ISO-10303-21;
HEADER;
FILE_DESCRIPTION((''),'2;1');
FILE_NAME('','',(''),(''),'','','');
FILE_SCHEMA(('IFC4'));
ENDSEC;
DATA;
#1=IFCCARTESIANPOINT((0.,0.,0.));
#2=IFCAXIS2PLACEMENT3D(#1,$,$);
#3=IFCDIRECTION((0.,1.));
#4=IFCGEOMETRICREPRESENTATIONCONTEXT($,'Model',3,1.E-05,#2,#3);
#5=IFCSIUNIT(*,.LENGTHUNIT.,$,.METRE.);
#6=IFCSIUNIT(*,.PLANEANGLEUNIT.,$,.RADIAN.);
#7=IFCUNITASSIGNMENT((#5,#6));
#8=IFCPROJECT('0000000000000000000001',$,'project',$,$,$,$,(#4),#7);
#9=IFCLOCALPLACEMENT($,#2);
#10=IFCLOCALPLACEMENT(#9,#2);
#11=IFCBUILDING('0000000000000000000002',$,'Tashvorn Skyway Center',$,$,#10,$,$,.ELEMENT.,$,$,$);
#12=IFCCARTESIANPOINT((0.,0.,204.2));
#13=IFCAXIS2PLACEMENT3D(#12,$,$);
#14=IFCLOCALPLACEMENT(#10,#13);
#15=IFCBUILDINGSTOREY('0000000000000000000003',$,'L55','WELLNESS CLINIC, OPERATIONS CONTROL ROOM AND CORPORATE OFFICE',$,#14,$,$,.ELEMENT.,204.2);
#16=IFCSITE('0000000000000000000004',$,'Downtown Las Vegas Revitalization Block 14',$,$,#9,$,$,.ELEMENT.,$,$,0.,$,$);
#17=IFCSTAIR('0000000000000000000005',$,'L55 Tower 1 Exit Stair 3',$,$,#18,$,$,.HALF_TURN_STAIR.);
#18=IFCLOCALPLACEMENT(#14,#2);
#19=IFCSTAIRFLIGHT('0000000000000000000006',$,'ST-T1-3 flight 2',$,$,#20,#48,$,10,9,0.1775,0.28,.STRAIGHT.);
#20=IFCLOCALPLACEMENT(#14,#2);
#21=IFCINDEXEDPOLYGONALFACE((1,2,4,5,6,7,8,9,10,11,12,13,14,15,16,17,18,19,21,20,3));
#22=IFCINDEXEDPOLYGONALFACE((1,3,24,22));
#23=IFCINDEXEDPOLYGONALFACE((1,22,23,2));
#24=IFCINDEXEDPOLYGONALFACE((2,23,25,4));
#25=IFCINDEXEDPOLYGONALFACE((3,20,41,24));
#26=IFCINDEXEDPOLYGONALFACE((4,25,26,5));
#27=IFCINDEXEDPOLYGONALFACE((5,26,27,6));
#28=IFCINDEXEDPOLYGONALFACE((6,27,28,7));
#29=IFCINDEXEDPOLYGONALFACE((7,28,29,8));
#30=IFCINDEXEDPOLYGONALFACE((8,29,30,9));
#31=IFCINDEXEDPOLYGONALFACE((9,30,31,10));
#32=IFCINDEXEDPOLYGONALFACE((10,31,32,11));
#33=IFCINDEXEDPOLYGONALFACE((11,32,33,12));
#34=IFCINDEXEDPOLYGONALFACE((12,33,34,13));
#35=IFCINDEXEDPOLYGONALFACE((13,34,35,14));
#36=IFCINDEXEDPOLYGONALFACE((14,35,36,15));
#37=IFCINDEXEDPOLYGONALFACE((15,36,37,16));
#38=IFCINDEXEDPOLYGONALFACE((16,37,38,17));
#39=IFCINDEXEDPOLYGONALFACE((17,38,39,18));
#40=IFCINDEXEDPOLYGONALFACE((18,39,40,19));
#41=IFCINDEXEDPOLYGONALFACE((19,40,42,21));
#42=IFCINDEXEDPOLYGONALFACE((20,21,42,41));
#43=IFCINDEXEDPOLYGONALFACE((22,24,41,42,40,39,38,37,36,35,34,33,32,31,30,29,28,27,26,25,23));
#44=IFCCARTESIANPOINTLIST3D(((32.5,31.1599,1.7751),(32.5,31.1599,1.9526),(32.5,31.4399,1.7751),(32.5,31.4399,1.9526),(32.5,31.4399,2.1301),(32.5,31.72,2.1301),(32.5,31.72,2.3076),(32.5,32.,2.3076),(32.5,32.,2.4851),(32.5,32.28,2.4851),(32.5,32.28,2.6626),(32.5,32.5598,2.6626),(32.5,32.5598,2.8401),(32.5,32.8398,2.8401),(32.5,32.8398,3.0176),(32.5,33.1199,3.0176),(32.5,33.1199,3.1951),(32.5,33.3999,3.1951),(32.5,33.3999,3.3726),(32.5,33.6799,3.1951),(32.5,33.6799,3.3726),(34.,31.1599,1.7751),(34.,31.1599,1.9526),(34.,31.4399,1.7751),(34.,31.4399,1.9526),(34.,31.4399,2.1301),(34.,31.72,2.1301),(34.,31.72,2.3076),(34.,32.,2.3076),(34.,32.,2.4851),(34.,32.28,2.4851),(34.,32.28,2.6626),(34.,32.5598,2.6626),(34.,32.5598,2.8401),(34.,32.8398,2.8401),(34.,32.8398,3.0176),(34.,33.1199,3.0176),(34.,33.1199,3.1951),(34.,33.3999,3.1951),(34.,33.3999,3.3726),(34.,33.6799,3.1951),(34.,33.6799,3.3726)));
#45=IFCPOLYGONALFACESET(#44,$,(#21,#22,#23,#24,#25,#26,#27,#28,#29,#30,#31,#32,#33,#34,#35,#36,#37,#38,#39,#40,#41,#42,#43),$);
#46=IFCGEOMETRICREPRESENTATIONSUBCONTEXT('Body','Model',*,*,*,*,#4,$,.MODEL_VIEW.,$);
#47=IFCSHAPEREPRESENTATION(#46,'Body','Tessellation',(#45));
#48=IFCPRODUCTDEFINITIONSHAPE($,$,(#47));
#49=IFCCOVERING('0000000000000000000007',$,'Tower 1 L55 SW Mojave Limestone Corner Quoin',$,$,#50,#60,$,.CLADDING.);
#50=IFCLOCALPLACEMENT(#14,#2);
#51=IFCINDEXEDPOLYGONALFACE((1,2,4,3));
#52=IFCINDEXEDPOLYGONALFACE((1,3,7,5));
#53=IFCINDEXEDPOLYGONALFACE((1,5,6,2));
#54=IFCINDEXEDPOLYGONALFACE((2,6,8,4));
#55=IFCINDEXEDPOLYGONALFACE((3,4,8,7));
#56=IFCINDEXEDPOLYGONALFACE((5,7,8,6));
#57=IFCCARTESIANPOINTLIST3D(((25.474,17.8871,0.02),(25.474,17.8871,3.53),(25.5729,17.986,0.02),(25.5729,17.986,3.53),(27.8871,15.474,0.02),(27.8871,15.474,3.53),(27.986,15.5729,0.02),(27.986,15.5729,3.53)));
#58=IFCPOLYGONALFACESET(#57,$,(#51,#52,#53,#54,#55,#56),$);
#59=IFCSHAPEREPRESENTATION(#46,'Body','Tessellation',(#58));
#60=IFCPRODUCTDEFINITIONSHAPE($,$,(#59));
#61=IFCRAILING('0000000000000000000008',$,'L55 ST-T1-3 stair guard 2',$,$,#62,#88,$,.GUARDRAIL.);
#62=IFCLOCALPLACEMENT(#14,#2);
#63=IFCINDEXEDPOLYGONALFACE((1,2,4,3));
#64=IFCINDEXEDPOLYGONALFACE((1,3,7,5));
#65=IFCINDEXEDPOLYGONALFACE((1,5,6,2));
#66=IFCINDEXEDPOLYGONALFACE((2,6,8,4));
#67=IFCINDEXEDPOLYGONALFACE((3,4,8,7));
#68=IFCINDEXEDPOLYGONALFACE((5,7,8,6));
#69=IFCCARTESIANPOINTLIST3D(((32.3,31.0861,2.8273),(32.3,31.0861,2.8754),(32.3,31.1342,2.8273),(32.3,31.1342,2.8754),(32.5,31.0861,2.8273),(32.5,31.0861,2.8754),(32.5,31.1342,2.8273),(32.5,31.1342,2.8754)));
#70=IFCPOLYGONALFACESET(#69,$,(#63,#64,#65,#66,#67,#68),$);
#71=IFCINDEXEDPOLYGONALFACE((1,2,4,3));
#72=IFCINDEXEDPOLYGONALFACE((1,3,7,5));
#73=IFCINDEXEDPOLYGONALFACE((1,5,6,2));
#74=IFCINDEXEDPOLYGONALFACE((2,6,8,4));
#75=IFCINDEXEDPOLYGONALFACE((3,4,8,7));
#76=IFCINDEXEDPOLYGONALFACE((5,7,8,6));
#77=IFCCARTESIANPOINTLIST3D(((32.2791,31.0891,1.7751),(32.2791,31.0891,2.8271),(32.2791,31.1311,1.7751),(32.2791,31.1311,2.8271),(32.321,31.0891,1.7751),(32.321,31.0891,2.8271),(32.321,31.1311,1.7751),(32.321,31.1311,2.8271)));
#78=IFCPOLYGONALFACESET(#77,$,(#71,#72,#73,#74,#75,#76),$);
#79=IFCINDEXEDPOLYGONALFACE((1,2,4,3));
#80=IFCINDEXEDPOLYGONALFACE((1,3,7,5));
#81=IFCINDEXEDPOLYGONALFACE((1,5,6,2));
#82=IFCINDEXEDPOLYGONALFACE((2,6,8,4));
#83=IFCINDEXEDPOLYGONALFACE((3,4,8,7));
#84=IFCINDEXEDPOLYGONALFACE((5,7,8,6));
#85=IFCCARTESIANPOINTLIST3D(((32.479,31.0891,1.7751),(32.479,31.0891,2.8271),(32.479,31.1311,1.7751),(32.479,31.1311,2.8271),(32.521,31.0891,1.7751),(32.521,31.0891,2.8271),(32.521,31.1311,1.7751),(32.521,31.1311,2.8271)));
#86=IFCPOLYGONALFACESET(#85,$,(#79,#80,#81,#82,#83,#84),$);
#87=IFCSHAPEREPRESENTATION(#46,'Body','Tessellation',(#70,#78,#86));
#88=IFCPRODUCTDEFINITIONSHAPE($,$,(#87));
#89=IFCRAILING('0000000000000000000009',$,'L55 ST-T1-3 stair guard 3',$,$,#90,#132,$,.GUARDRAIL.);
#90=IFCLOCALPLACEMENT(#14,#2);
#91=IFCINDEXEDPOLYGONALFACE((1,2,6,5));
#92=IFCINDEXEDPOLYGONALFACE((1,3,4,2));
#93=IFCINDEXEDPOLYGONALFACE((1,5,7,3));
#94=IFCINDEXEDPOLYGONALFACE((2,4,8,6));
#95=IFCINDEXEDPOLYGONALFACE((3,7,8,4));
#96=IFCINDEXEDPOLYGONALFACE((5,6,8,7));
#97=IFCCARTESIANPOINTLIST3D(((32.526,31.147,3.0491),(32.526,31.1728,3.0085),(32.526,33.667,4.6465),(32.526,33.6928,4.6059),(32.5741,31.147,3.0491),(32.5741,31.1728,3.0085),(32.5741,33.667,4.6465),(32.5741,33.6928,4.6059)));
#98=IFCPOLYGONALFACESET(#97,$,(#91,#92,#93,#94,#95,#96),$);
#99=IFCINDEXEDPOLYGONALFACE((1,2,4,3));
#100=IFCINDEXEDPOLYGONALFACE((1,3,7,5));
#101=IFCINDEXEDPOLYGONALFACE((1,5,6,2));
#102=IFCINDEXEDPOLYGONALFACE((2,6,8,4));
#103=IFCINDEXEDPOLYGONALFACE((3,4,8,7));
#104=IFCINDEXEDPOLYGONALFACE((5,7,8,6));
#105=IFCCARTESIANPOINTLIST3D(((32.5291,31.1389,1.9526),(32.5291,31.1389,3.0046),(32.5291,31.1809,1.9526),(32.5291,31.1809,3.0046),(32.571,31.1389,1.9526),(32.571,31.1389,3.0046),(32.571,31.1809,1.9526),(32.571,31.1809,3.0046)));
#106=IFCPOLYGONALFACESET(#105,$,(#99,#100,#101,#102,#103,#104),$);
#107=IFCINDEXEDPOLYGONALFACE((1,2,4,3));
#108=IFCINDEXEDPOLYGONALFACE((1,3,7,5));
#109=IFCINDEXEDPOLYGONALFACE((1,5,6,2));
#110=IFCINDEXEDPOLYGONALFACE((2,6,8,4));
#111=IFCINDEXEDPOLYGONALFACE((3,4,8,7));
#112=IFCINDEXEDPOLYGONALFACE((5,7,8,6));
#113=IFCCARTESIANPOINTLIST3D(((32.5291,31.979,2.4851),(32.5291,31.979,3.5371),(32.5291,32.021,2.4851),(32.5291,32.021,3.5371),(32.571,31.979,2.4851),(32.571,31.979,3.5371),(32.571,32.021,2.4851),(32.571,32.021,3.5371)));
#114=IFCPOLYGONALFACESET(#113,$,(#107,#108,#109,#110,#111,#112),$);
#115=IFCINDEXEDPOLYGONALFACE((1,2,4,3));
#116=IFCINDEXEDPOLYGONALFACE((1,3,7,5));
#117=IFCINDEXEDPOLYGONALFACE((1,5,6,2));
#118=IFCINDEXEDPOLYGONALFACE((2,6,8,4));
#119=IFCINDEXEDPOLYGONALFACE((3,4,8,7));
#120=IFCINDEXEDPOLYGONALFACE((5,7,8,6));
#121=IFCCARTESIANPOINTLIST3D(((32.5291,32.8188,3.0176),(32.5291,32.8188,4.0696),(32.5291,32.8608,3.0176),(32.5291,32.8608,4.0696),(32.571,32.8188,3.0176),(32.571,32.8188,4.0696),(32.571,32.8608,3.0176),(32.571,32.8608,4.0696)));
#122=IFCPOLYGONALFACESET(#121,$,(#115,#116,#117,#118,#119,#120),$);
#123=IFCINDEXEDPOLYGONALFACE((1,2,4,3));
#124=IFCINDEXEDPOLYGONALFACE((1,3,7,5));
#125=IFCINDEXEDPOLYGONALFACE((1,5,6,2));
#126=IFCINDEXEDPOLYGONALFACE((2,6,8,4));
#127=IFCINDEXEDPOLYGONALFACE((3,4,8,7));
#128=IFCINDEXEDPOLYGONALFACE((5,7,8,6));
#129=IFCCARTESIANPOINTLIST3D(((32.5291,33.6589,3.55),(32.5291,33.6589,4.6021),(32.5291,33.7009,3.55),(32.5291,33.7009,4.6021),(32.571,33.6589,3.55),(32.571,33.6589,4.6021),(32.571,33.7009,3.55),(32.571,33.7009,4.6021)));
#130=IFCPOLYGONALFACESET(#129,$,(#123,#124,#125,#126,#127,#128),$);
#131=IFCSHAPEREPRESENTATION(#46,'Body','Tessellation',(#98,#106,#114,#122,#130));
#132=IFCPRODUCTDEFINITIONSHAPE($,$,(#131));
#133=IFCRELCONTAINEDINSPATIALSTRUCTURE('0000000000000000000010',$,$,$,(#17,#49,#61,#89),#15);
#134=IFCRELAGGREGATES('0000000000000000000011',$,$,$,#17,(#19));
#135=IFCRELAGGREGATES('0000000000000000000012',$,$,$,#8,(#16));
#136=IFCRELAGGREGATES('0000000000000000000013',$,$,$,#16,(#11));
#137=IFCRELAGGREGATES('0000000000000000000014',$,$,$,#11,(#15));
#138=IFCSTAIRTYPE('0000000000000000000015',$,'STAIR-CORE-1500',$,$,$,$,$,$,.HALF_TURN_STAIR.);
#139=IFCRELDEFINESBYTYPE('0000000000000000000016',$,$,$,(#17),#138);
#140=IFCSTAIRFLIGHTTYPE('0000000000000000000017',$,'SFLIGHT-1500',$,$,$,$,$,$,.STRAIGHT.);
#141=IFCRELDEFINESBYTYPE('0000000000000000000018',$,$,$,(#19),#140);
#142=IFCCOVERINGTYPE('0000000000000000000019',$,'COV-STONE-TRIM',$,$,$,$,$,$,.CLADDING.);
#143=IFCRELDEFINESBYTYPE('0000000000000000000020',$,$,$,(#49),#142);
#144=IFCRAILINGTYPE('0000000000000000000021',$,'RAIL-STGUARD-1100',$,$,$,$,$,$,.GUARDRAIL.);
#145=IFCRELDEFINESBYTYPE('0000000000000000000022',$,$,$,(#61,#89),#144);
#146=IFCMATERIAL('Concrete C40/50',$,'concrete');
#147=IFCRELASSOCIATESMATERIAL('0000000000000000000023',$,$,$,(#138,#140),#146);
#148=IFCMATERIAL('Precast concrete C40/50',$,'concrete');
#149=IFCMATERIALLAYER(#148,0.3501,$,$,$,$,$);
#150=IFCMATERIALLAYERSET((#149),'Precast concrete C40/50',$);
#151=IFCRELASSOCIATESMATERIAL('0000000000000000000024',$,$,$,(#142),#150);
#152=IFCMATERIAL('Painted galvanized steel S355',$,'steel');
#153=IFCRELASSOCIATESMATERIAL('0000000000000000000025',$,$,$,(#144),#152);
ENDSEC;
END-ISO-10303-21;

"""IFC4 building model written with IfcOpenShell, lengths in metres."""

from ifc_helpers import new_model, si_unit, direction, frame, origin, origin_2d, place, context, subcontext, project, spatial, polyline, rectangle, outline, extrude, material, layer, layer_set, type_object, element, aggregate, save


model = new_model("IFC4")

# Units and contexts
model_context = context("Model", 3, precision=1e-05, world=origin(), true_north=direction((0.0, 1.0)))
body_context = subcontext(model_context, "Body", "Model", "MODEL_VIEW")
ifc_project = project(units=[si_unit("LENGTHUNIT", "METRE"), si_unit("PLANEANGLEUNIT", "RADIAN")], contexts=[model_context])

# Site, building, storey
site_placement = place(None, origin())
site = spatial("IfcSite", under=ifc_project, at=site_placement, Name="Downtown Las Vegas Revitalization Block 14", CompositionType="ELEMENT", RefElevation=0.0)
building_placement = place(site_placement, origin())
building = spatial("IfcBuilding", under=site, at=building_placement, Name="Tashvorn Skyway Center", CompositionType="ELEMENT")
storey_placement = place(building_placement, frame((0.0, 0.0, 204.2)))
storey = spatial("IfcBuildingStorey", under=building, at=storey_placement, Name="L55", Description="WELLNESS CLINIC, OPERATIONS CONTROL ROOM AND CORPORATE OFFICE", CompositionType="ELEMENT", Elevation=204.2)

# Shared definitions
ifc_material_1 = material(Name="Precast concrete C40/50", Category="concrete")
ifc_material_2 = material(Name="Concrete C40/50", Category="concrete")

# Stair, stair flight
stair_type = type_object("IfcStairType", Name="STAIR-CORE-1500", PredefinedType="HALF_TURN_STAIR", material=ifc_material_2)
stair_placement = place(storey_placement, origin())
stair = element("IfcStair", 1, at=stair_placement, inside=storey, type_object=stair_type, Name="L55 Tower 1 Exit Stair 3", PredefinedType="HALF_TURN_STAIR")
stair_flight_type = type_object("IfcStairFlightType", Name="SFLIGHT-1500", PredefinedType="STRAIGHT", material=ifc_material_2)
stair_flight_placement = place(storey_placement, frame((33.25, 31.1599, 1.7751), z_axis=(0.0, 0.0, 1.0), x_axis=(0.0, 1.0, 0.0)))
stair_flight = element("IfcStairFlight", 2, at=stair_flight_placement, type_object=stair_flight_type, Name="ST-T1-3 flight 2", NumberOfRisers=10, NumberOfTreads=9, PredefinedType="STRAIGHT", RiserHeight=0.1775, TreadLength=0.28, context=body_context, shape_type="SweptSolid", body=[
    extrude(outline(polyline([(0.0, 0.0), (0.0, 0.1775), (0.28, 0.1775), (0.28, 0.355), (0.5601, 0.355), (0.5601, 0.5325), (0.8401, 0.5325), (0.8401, 0.71), (1.1201, 0.71), (1.1201, 0.8875), (1.3999, 0.8875), (1.3999, 1.0649), (1.6799, 1.0649), (1.6799, 1.2424), (1.96, 1.2424), (1.96, 1.4199), (2.24, 1.4199), (2.24, 1.5974), (2.52, 1.5974), (2.52, 1.7749), (2.52, 1.4199), (0.28, 0.0), (0.0, 0.0)])), frame((0.0, 0.75, 0.0), z_axis=(0.0, -1.0, 0.0), x_axis=(1.0, 0.0, 0.0)), (0.0, 0.0, 1.0), 1.5),
])
aggregate(stair, [stair_flight])

# Covering
ifc_layer_1 = layer(ifc_material_1, 0.3501)
ifc_layer_set_1 = layer_set([ifc_layer_1], Name="Precast concrete C40/50")
covering_type = type_object("IfcCoveringType", Name="COV-STONE-TRIM", PredefinedType="CLADDING", material=ifc_layer_set_1)
covering_placement = place(storey_placement, frame((26.73, 16.73, 0.02), z_axis=(0.0, 0.0, 1.0), x_axis=(-0.707107, 0.707107, 0.0)))
element("IfcCovering", 3, at=covering_placement, inside=storey, type_object=covering_type, Name="Tower 1 L55 SW Mojave Limestone Corner Quoin", PredefinedType="CLADDING", context=body_context, shape_type="SweptSolid", body=[
    extrude(rectangle(XDim=3.4126, YDim=0.1399, at=origin_2d()), origin(), (0.0, 0.0, 1.0), 3.51),
])

# Railings
ifc_material_3 = material(Name="Painted galvanized steel S355", Category="steel")
railing_type = type_object("IfcRailingType", Name="RAIL-STGUARD-1100", PredefinedType="GUARDRAIL", material=ifc_material_3)
railing_1_placement = place(storey_placement, frame((32.3, 31.1101, 1.7751)))
element("IfcRailing", 4, at=railing_1_placement, inside=storey, type_object=railing_type, Name="L55 ST-T1-3 stair guard 2", PredefinedType="GUARDRAIL", context=body_context, shape_type="SweptSolid", body=[
    extrude(rectangle(XDim=0.0481, YDim=0.0481, at=origin_2d()), frame((0.0, 0.0, 1.0762), z_axis=(1.0, 0.0, 0.0), x_axis=(0.0, 1.0, 0.0)), (0.0, 0.0, 1.0), 0.2),
    extrude(rectangle(XDim=0.042, YDim=0.042, at=origin_2d()), origin(), (0.0, 0.0, 1.0), 1.052),
    extrude(rectangle(XDim=0.042, YDim=0.042, at=origin_2d()), frame((0.2, 0.0, 0.0)), (0.0, 0.0, 1.0), 1.052),
])
railing_2_placement = place(storey_placement, frame((32.55, 31.1599, 1.9526)))
element("IfcRailing", 5, at=railing_2_placement, inside=storey, type_object=railing_type, Name="L55 ST-T1-3 stair guard 3", PredefinedType="GUARDRAIL", context=body_context, shape_type="SweptSolid", body=[
    extrude(rectangle(XDim=0.0481, YDim=0.0481, at=origin_2d()), frame((0.0, 0.0, 1.0762), z_axis=(0.0, 0.844607, 0.535387), x_axis=(-1.0, 0.0, 0.0)), (0.0, 0.0, 1.0), 2.9836),
    extrude(rectangle(XDim=0.042, YDim=0.042, at=origin_2d()), origin(), (0.0, 0.0, 1.0), 1.052),
    extrude(rectangle(XDim=0.042, YDim=0.042, at=origin_2d()), frame((0.0, 0.8401, 0.5325)), (0.0, 0.0, 1.0), 1.052),
    extrude(rectangle(XDim=0.042, YDim=0.042, at=origin_2d()), frame((0.0, 1.6799, 1.0649)), (0.0, 0.0, 1.0), 1.052),
    extrude(rectangle(XDim=0.042, YDim=0.042, at=origin_2d()), frame((0.0, 2.52, 1.5974)), (0.0, 0.0, 1.0), 1.052),
])

save(model, "model.ifc")
